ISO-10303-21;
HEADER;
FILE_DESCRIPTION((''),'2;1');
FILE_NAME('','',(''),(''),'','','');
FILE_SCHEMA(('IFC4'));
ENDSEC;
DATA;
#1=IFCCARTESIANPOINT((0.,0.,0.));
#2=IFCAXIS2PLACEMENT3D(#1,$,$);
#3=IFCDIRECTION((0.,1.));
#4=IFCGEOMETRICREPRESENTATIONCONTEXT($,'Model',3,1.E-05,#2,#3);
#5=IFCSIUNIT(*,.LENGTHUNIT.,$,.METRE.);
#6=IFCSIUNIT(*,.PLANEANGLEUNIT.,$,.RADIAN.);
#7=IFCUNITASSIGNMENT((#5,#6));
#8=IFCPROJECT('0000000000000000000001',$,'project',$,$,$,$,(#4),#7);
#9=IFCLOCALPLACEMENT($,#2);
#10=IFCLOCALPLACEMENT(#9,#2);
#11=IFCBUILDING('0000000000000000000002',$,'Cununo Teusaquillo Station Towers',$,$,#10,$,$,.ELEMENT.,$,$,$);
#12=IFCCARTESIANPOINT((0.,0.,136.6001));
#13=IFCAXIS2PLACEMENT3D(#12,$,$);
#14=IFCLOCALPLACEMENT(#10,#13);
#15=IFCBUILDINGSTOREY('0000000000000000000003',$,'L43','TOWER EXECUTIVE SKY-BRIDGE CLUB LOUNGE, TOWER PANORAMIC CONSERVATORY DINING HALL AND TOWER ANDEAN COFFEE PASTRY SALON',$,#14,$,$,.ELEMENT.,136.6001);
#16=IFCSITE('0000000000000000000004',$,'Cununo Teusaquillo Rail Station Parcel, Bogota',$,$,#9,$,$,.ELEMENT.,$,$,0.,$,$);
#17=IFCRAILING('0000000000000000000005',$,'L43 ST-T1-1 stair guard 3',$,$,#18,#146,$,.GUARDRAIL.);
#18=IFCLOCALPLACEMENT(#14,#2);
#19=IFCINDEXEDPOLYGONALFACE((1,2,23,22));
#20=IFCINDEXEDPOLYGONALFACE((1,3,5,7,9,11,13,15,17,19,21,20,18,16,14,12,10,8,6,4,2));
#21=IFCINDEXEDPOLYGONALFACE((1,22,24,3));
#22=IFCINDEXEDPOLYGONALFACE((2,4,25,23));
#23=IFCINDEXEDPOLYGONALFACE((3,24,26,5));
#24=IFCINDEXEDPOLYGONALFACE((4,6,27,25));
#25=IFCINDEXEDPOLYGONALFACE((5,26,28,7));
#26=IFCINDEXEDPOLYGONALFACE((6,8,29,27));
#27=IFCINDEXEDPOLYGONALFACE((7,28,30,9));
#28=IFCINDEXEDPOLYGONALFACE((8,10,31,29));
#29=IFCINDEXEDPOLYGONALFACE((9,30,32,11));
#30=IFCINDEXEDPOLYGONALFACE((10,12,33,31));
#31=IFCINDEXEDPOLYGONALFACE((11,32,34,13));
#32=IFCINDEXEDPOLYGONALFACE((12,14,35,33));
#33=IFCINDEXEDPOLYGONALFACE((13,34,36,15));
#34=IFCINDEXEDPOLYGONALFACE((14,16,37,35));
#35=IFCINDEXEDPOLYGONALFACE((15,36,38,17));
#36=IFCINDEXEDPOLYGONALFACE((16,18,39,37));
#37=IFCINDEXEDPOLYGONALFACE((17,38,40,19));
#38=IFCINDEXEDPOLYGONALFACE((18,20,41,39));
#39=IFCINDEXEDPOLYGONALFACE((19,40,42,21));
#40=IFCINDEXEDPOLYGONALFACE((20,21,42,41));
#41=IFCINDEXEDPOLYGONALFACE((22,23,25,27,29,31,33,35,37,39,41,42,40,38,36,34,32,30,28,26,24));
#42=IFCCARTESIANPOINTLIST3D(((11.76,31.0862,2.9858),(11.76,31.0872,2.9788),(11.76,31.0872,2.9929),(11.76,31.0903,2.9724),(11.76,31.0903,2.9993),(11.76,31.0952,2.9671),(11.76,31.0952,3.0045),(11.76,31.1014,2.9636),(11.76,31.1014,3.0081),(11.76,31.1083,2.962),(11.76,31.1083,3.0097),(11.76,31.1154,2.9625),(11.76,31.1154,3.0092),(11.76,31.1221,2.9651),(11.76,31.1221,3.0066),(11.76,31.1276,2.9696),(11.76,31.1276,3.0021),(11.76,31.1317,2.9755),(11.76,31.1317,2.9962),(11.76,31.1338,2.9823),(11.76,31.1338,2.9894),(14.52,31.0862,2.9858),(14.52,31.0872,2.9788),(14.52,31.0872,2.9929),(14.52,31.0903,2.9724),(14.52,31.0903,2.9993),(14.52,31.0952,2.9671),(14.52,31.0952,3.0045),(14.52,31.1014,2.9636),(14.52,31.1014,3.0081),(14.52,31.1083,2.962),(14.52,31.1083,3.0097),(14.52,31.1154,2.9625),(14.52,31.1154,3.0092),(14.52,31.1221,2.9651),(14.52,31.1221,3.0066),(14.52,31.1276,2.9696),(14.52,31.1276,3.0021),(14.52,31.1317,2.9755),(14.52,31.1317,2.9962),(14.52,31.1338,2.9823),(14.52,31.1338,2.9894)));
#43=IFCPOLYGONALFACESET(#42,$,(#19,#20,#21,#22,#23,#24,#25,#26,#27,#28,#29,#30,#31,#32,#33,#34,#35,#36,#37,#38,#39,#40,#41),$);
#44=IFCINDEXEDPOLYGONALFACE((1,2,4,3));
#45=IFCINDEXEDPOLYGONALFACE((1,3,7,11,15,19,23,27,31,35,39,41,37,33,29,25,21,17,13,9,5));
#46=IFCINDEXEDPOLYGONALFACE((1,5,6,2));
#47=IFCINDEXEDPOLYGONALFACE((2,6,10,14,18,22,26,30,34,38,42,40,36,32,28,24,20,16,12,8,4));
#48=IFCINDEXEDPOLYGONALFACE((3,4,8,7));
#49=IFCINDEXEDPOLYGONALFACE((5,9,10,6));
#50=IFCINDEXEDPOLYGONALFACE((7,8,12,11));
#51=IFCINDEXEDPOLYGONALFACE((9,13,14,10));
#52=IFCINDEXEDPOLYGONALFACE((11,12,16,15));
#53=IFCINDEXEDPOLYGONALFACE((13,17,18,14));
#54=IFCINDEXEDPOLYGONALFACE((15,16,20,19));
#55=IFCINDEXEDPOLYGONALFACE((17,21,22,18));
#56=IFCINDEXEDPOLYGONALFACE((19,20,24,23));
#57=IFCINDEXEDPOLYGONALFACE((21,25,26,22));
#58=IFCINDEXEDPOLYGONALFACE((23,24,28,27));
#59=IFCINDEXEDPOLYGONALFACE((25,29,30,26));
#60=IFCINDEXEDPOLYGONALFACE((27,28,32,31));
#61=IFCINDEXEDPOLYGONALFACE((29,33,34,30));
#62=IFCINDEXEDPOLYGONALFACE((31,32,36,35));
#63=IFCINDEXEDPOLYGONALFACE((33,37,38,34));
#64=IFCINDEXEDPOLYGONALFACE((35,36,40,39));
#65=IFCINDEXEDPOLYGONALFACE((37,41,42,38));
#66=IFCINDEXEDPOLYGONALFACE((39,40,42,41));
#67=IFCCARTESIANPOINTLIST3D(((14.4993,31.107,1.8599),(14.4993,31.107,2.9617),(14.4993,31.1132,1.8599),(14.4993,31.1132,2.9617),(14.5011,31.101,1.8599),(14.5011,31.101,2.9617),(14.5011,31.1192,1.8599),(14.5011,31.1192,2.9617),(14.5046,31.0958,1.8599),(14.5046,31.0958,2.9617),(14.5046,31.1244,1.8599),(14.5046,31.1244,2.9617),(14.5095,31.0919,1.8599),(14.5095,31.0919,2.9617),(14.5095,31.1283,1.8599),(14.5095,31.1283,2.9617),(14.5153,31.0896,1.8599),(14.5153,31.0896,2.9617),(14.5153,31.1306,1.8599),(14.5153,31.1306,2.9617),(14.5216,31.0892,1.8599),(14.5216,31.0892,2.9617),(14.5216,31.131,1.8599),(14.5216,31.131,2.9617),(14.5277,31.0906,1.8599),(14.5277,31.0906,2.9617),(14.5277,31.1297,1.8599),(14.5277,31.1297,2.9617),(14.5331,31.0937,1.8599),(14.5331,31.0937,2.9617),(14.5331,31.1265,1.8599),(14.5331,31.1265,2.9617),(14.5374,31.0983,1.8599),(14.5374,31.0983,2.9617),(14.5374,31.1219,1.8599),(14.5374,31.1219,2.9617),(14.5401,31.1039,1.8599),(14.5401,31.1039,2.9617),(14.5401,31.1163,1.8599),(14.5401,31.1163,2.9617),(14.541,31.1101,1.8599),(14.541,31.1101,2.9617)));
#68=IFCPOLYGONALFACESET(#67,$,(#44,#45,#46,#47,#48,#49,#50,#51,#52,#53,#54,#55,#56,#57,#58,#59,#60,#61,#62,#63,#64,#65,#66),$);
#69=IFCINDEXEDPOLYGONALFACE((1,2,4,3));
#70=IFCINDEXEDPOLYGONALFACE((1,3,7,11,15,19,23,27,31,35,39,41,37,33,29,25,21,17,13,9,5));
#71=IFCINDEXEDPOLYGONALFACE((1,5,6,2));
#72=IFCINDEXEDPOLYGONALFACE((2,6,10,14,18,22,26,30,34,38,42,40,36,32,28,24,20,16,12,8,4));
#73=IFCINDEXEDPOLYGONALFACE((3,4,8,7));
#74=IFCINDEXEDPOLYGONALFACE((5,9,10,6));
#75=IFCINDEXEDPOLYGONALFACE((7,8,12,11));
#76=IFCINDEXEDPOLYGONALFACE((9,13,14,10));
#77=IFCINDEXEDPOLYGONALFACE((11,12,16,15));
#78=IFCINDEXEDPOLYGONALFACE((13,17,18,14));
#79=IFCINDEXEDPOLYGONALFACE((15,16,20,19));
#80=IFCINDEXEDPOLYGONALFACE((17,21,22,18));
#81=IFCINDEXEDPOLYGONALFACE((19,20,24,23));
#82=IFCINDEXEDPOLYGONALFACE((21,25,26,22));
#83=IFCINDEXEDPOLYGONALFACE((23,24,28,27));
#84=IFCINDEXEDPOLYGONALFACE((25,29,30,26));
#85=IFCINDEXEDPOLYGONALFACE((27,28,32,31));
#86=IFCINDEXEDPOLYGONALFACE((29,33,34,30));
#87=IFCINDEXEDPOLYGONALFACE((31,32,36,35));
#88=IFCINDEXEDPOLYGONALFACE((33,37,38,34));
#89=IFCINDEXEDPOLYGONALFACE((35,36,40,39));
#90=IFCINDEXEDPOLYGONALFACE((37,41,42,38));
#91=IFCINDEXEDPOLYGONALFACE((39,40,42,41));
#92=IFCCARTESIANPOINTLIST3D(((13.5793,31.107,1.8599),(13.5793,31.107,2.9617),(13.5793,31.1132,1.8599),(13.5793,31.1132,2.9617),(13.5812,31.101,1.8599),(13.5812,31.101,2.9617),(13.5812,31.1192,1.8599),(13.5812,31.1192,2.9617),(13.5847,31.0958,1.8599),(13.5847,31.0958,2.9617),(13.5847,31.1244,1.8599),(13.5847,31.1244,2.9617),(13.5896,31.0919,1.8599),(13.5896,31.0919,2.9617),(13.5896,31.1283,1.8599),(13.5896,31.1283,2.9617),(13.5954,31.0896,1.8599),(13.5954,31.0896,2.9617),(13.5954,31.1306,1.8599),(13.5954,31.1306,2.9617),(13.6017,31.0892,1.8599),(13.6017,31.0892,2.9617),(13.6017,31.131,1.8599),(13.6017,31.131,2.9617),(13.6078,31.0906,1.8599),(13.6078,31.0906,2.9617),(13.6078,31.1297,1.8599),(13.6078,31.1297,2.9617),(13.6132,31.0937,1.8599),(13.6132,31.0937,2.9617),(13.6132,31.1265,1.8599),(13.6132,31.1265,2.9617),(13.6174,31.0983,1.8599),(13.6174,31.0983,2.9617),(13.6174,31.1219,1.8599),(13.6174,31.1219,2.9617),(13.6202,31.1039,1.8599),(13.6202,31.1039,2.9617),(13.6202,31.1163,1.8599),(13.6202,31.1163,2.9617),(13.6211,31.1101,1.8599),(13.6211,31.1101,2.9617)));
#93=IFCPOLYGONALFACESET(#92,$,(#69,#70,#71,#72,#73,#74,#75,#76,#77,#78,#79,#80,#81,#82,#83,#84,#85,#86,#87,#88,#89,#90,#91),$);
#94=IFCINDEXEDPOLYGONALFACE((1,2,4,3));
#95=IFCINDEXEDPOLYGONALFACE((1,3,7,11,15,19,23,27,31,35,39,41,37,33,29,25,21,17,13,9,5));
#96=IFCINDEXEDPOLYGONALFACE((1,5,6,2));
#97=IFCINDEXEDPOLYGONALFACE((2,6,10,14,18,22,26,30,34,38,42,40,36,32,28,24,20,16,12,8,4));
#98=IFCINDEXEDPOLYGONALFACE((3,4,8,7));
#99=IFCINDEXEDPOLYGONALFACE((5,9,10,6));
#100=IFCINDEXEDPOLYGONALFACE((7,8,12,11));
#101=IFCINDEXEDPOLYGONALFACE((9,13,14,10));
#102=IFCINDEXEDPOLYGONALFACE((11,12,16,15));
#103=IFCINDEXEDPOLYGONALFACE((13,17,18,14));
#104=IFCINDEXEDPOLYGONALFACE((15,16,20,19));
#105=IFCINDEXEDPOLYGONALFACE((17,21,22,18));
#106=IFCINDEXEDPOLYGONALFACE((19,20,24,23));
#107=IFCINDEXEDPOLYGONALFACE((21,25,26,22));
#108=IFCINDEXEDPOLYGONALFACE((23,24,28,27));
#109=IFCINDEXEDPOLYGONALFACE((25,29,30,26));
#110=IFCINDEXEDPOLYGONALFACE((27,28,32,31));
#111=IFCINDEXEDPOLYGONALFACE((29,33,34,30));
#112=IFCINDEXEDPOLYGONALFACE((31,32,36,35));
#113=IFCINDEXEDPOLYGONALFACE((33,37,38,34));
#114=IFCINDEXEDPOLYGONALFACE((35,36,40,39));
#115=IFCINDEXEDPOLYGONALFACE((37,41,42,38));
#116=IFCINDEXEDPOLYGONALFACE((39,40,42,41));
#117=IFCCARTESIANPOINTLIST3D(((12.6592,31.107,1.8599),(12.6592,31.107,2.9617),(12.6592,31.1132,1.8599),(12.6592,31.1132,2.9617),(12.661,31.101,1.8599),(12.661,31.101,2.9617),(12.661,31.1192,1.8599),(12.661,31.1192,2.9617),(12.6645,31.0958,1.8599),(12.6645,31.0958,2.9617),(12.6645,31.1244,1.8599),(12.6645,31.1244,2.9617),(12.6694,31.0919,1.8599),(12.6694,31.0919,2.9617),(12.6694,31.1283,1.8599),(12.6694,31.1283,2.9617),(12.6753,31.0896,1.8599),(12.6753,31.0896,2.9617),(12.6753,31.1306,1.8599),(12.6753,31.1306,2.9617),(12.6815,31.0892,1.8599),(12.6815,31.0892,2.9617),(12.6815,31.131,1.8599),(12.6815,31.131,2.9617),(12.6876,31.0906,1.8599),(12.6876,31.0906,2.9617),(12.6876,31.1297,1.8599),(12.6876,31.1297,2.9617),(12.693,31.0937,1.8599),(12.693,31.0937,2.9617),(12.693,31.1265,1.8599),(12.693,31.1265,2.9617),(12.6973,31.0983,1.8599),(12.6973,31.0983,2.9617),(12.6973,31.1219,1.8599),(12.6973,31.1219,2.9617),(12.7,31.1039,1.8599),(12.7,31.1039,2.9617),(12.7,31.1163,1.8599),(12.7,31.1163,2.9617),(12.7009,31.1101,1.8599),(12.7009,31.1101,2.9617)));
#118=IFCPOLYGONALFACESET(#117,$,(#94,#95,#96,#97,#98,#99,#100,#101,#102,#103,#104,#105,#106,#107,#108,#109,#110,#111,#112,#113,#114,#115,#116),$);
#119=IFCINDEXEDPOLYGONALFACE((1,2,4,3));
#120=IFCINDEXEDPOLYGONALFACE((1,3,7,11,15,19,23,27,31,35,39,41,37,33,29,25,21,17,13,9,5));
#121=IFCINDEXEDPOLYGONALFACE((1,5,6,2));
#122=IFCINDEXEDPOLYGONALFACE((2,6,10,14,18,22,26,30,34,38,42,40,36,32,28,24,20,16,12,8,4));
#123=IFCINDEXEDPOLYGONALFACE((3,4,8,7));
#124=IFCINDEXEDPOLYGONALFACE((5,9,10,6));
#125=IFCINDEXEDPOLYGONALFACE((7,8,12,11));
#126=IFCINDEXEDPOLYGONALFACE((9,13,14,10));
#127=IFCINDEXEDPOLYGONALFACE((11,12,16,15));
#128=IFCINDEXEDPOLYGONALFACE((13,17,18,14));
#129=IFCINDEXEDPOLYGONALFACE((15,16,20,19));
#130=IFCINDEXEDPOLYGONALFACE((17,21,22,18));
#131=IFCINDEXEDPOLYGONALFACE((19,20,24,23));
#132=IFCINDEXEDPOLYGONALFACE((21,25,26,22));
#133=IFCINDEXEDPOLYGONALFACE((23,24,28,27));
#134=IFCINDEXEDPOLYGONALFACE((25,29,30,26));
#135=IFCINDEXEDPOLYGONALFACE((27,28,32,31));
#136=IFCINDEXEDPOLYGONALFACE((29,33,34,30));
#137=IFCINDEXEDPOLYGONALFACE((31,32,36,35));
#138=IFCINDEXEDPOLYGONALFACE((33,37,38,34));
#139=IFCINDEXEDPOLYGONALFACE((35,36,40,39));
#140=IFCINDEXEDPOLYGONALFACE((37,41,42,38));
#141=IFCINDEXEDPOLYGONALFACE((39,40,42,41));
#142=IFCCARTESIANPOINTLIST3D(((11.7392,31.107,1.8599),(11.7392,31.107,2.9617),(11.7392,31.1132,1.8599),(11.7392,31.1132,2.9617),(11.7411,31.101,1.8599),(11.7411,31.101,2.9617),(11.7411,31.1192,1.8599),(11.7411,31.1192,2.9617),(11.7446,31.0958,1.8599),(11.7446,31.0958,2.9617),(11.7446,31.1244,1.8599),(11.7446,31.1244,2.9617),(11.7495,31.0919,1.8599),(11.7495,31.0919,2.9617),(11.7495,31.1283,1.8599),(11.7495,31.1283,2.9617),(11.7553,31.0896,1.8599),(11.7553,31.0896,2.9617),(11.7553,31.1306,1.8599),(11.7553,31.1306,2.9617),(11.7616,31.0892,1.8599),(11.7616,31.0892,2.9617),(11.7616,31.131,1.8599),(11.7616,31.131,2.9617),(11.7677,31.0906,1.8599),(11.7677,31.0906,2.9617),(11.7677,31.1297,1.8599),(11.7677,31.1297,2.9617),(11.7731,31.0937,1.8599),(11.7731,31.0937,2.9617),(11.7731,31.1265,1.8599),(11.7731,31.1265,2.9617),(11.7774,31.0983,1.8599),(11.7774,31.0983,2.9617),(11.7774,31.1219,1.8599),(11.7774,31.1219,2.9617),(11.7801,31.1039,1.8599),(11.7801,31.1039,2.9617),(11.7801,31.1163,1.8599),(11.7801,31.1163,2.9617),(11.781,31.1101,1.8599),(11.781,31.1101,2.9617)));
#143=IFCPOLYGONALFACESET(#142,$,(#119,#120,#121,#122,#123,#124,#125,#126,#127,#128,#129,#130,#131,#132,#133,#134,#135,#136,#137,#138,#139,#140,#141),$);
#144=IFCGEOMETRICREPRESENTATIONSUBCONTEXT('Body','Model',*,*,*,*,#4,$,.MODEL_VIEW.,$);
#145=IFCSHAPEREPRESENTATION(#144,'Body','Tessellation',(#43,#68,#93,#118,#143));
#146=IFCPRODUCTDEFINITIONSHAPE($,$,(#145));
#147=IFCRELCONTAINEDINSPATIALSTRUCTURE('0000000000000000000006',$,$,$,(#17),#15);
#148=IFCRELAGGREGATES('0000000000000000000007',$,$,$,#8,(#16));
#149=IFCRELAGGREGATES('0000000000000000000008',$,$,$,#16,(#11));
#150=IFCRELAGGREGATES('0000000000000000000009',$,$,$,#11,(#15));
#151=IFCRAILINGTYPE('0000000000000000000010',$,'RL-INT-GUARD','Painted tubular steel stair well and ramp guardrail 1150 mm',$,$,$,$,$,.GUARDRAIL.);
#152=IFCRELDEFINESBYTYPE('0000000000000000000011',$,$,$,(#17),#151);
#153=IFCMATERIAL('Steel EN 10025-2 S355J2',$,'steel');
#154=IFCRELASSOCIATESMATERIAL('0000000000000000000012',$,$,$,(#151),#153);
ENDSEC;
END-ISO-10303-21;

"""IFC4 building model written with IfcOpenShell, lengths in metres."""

from ifc_helpers import new_model, si_unit, direction, frame, origin, origin_2d, place, context, subcontext, project, spatial, circle, extrude, material, type_object, element, save


model = new_model("IFC4")

# Units and contexts
model_context = context("Model", 3, precision=1e-05, world=origin(), true_north=direction((0.0, 1.0)))
body_context = subcontext(model_context, "Body", "Model", "MODEL_VIEW")
ifc_project = project(units=[si_unit("LENGTHUNIT", "METRE"), si_unit("PLANEANGLEUNIT", "RADIAN")], contexts=[model_context])

# Site, building, storey
site_placement = place(None, origin())
site = spatial("IfcSite", under=ifc_project, at=site_placement, Name="Cununo Teusaquillo Rail Station Parcel, Bogota", CompositionType="ELEMENT", RefElevation=0.0)
building_placement = place(site_placement, origin())
building = spatial("IfcBuilding", under=site, at=building_placement, Name="Cununo Teusaquillo Station Towers", CompositionType="ELEMENT")
storey_placement = place(building_placement, frame((0.0, 0.0, 136.6001)))
storey = spatial("IfcBuildingStorey", under=building, at=storey_placement, Name="L43", Description="TOWER EXECUTIVE SKY-BRIDGE CLUB LOUNGE, TOWER PANORAMIC CONSERVATORY DINING HALL AND TOWER ANDEAN COFFEE PASTRY SALON", CompositionType="ELEMENT", Elevation=136.6001)

# Railing
ifc_material_1 = material(Name="Steel EN 10025-2 S355J2", Category="steel")
railing_type_1 = type_object("IfcRailingType", Name="RL-INT-GUARD", Description="Painted tubular steel stair well and ramp guardrail 1150 mm", PredefinedType="GUARDRAIL", material=ifc_material_1)
railing_1_placement = place(storey_placement, frame((14.52, 31.1101, 1.8599)))
element("IfcRailing", 1, at=railing_1_placement, inside=storey, type_object=railing_type_1, Name="L43 ST-T1-1 stair guard 3", PredefinedType="GUARDRAIL", context=body_context, shape_type="SweptSolid", body=[
    extrude(circle(Radius=0.0239, at=origin_2d()), frame((0.0, 0.0, 1.126), z_axis=(-1.0, 0.0, 0.0), x_axis=(0.0, -1.0, 0.0)), (0.0, 0.0, 1.0), 2.76),
    extrude(circle(Radius=0.021, at=origin_2d()), origin(), (0.0, 0.0, 1.0), 1.1018),
    extrude(circle(Radius=0.021, at=origin_2d()), frame((-0.9199, 0.0, 0.0)), (0.0, 0.0, 1.0), 1.1018),
    extrude(circle(Radius=0.021, at=origin_2d()), frame((-1.8401, 0.0, 0.0)), (0.0, 0.0, 1.0), 1.1018),
    extrude(circle(Radius=0.021, at=origin_2d()), frame((-2.76, 0.0, 0.0)), (0.0, 0.0, 1.0), 1.1018),
])

save(model, "model.ifc")
